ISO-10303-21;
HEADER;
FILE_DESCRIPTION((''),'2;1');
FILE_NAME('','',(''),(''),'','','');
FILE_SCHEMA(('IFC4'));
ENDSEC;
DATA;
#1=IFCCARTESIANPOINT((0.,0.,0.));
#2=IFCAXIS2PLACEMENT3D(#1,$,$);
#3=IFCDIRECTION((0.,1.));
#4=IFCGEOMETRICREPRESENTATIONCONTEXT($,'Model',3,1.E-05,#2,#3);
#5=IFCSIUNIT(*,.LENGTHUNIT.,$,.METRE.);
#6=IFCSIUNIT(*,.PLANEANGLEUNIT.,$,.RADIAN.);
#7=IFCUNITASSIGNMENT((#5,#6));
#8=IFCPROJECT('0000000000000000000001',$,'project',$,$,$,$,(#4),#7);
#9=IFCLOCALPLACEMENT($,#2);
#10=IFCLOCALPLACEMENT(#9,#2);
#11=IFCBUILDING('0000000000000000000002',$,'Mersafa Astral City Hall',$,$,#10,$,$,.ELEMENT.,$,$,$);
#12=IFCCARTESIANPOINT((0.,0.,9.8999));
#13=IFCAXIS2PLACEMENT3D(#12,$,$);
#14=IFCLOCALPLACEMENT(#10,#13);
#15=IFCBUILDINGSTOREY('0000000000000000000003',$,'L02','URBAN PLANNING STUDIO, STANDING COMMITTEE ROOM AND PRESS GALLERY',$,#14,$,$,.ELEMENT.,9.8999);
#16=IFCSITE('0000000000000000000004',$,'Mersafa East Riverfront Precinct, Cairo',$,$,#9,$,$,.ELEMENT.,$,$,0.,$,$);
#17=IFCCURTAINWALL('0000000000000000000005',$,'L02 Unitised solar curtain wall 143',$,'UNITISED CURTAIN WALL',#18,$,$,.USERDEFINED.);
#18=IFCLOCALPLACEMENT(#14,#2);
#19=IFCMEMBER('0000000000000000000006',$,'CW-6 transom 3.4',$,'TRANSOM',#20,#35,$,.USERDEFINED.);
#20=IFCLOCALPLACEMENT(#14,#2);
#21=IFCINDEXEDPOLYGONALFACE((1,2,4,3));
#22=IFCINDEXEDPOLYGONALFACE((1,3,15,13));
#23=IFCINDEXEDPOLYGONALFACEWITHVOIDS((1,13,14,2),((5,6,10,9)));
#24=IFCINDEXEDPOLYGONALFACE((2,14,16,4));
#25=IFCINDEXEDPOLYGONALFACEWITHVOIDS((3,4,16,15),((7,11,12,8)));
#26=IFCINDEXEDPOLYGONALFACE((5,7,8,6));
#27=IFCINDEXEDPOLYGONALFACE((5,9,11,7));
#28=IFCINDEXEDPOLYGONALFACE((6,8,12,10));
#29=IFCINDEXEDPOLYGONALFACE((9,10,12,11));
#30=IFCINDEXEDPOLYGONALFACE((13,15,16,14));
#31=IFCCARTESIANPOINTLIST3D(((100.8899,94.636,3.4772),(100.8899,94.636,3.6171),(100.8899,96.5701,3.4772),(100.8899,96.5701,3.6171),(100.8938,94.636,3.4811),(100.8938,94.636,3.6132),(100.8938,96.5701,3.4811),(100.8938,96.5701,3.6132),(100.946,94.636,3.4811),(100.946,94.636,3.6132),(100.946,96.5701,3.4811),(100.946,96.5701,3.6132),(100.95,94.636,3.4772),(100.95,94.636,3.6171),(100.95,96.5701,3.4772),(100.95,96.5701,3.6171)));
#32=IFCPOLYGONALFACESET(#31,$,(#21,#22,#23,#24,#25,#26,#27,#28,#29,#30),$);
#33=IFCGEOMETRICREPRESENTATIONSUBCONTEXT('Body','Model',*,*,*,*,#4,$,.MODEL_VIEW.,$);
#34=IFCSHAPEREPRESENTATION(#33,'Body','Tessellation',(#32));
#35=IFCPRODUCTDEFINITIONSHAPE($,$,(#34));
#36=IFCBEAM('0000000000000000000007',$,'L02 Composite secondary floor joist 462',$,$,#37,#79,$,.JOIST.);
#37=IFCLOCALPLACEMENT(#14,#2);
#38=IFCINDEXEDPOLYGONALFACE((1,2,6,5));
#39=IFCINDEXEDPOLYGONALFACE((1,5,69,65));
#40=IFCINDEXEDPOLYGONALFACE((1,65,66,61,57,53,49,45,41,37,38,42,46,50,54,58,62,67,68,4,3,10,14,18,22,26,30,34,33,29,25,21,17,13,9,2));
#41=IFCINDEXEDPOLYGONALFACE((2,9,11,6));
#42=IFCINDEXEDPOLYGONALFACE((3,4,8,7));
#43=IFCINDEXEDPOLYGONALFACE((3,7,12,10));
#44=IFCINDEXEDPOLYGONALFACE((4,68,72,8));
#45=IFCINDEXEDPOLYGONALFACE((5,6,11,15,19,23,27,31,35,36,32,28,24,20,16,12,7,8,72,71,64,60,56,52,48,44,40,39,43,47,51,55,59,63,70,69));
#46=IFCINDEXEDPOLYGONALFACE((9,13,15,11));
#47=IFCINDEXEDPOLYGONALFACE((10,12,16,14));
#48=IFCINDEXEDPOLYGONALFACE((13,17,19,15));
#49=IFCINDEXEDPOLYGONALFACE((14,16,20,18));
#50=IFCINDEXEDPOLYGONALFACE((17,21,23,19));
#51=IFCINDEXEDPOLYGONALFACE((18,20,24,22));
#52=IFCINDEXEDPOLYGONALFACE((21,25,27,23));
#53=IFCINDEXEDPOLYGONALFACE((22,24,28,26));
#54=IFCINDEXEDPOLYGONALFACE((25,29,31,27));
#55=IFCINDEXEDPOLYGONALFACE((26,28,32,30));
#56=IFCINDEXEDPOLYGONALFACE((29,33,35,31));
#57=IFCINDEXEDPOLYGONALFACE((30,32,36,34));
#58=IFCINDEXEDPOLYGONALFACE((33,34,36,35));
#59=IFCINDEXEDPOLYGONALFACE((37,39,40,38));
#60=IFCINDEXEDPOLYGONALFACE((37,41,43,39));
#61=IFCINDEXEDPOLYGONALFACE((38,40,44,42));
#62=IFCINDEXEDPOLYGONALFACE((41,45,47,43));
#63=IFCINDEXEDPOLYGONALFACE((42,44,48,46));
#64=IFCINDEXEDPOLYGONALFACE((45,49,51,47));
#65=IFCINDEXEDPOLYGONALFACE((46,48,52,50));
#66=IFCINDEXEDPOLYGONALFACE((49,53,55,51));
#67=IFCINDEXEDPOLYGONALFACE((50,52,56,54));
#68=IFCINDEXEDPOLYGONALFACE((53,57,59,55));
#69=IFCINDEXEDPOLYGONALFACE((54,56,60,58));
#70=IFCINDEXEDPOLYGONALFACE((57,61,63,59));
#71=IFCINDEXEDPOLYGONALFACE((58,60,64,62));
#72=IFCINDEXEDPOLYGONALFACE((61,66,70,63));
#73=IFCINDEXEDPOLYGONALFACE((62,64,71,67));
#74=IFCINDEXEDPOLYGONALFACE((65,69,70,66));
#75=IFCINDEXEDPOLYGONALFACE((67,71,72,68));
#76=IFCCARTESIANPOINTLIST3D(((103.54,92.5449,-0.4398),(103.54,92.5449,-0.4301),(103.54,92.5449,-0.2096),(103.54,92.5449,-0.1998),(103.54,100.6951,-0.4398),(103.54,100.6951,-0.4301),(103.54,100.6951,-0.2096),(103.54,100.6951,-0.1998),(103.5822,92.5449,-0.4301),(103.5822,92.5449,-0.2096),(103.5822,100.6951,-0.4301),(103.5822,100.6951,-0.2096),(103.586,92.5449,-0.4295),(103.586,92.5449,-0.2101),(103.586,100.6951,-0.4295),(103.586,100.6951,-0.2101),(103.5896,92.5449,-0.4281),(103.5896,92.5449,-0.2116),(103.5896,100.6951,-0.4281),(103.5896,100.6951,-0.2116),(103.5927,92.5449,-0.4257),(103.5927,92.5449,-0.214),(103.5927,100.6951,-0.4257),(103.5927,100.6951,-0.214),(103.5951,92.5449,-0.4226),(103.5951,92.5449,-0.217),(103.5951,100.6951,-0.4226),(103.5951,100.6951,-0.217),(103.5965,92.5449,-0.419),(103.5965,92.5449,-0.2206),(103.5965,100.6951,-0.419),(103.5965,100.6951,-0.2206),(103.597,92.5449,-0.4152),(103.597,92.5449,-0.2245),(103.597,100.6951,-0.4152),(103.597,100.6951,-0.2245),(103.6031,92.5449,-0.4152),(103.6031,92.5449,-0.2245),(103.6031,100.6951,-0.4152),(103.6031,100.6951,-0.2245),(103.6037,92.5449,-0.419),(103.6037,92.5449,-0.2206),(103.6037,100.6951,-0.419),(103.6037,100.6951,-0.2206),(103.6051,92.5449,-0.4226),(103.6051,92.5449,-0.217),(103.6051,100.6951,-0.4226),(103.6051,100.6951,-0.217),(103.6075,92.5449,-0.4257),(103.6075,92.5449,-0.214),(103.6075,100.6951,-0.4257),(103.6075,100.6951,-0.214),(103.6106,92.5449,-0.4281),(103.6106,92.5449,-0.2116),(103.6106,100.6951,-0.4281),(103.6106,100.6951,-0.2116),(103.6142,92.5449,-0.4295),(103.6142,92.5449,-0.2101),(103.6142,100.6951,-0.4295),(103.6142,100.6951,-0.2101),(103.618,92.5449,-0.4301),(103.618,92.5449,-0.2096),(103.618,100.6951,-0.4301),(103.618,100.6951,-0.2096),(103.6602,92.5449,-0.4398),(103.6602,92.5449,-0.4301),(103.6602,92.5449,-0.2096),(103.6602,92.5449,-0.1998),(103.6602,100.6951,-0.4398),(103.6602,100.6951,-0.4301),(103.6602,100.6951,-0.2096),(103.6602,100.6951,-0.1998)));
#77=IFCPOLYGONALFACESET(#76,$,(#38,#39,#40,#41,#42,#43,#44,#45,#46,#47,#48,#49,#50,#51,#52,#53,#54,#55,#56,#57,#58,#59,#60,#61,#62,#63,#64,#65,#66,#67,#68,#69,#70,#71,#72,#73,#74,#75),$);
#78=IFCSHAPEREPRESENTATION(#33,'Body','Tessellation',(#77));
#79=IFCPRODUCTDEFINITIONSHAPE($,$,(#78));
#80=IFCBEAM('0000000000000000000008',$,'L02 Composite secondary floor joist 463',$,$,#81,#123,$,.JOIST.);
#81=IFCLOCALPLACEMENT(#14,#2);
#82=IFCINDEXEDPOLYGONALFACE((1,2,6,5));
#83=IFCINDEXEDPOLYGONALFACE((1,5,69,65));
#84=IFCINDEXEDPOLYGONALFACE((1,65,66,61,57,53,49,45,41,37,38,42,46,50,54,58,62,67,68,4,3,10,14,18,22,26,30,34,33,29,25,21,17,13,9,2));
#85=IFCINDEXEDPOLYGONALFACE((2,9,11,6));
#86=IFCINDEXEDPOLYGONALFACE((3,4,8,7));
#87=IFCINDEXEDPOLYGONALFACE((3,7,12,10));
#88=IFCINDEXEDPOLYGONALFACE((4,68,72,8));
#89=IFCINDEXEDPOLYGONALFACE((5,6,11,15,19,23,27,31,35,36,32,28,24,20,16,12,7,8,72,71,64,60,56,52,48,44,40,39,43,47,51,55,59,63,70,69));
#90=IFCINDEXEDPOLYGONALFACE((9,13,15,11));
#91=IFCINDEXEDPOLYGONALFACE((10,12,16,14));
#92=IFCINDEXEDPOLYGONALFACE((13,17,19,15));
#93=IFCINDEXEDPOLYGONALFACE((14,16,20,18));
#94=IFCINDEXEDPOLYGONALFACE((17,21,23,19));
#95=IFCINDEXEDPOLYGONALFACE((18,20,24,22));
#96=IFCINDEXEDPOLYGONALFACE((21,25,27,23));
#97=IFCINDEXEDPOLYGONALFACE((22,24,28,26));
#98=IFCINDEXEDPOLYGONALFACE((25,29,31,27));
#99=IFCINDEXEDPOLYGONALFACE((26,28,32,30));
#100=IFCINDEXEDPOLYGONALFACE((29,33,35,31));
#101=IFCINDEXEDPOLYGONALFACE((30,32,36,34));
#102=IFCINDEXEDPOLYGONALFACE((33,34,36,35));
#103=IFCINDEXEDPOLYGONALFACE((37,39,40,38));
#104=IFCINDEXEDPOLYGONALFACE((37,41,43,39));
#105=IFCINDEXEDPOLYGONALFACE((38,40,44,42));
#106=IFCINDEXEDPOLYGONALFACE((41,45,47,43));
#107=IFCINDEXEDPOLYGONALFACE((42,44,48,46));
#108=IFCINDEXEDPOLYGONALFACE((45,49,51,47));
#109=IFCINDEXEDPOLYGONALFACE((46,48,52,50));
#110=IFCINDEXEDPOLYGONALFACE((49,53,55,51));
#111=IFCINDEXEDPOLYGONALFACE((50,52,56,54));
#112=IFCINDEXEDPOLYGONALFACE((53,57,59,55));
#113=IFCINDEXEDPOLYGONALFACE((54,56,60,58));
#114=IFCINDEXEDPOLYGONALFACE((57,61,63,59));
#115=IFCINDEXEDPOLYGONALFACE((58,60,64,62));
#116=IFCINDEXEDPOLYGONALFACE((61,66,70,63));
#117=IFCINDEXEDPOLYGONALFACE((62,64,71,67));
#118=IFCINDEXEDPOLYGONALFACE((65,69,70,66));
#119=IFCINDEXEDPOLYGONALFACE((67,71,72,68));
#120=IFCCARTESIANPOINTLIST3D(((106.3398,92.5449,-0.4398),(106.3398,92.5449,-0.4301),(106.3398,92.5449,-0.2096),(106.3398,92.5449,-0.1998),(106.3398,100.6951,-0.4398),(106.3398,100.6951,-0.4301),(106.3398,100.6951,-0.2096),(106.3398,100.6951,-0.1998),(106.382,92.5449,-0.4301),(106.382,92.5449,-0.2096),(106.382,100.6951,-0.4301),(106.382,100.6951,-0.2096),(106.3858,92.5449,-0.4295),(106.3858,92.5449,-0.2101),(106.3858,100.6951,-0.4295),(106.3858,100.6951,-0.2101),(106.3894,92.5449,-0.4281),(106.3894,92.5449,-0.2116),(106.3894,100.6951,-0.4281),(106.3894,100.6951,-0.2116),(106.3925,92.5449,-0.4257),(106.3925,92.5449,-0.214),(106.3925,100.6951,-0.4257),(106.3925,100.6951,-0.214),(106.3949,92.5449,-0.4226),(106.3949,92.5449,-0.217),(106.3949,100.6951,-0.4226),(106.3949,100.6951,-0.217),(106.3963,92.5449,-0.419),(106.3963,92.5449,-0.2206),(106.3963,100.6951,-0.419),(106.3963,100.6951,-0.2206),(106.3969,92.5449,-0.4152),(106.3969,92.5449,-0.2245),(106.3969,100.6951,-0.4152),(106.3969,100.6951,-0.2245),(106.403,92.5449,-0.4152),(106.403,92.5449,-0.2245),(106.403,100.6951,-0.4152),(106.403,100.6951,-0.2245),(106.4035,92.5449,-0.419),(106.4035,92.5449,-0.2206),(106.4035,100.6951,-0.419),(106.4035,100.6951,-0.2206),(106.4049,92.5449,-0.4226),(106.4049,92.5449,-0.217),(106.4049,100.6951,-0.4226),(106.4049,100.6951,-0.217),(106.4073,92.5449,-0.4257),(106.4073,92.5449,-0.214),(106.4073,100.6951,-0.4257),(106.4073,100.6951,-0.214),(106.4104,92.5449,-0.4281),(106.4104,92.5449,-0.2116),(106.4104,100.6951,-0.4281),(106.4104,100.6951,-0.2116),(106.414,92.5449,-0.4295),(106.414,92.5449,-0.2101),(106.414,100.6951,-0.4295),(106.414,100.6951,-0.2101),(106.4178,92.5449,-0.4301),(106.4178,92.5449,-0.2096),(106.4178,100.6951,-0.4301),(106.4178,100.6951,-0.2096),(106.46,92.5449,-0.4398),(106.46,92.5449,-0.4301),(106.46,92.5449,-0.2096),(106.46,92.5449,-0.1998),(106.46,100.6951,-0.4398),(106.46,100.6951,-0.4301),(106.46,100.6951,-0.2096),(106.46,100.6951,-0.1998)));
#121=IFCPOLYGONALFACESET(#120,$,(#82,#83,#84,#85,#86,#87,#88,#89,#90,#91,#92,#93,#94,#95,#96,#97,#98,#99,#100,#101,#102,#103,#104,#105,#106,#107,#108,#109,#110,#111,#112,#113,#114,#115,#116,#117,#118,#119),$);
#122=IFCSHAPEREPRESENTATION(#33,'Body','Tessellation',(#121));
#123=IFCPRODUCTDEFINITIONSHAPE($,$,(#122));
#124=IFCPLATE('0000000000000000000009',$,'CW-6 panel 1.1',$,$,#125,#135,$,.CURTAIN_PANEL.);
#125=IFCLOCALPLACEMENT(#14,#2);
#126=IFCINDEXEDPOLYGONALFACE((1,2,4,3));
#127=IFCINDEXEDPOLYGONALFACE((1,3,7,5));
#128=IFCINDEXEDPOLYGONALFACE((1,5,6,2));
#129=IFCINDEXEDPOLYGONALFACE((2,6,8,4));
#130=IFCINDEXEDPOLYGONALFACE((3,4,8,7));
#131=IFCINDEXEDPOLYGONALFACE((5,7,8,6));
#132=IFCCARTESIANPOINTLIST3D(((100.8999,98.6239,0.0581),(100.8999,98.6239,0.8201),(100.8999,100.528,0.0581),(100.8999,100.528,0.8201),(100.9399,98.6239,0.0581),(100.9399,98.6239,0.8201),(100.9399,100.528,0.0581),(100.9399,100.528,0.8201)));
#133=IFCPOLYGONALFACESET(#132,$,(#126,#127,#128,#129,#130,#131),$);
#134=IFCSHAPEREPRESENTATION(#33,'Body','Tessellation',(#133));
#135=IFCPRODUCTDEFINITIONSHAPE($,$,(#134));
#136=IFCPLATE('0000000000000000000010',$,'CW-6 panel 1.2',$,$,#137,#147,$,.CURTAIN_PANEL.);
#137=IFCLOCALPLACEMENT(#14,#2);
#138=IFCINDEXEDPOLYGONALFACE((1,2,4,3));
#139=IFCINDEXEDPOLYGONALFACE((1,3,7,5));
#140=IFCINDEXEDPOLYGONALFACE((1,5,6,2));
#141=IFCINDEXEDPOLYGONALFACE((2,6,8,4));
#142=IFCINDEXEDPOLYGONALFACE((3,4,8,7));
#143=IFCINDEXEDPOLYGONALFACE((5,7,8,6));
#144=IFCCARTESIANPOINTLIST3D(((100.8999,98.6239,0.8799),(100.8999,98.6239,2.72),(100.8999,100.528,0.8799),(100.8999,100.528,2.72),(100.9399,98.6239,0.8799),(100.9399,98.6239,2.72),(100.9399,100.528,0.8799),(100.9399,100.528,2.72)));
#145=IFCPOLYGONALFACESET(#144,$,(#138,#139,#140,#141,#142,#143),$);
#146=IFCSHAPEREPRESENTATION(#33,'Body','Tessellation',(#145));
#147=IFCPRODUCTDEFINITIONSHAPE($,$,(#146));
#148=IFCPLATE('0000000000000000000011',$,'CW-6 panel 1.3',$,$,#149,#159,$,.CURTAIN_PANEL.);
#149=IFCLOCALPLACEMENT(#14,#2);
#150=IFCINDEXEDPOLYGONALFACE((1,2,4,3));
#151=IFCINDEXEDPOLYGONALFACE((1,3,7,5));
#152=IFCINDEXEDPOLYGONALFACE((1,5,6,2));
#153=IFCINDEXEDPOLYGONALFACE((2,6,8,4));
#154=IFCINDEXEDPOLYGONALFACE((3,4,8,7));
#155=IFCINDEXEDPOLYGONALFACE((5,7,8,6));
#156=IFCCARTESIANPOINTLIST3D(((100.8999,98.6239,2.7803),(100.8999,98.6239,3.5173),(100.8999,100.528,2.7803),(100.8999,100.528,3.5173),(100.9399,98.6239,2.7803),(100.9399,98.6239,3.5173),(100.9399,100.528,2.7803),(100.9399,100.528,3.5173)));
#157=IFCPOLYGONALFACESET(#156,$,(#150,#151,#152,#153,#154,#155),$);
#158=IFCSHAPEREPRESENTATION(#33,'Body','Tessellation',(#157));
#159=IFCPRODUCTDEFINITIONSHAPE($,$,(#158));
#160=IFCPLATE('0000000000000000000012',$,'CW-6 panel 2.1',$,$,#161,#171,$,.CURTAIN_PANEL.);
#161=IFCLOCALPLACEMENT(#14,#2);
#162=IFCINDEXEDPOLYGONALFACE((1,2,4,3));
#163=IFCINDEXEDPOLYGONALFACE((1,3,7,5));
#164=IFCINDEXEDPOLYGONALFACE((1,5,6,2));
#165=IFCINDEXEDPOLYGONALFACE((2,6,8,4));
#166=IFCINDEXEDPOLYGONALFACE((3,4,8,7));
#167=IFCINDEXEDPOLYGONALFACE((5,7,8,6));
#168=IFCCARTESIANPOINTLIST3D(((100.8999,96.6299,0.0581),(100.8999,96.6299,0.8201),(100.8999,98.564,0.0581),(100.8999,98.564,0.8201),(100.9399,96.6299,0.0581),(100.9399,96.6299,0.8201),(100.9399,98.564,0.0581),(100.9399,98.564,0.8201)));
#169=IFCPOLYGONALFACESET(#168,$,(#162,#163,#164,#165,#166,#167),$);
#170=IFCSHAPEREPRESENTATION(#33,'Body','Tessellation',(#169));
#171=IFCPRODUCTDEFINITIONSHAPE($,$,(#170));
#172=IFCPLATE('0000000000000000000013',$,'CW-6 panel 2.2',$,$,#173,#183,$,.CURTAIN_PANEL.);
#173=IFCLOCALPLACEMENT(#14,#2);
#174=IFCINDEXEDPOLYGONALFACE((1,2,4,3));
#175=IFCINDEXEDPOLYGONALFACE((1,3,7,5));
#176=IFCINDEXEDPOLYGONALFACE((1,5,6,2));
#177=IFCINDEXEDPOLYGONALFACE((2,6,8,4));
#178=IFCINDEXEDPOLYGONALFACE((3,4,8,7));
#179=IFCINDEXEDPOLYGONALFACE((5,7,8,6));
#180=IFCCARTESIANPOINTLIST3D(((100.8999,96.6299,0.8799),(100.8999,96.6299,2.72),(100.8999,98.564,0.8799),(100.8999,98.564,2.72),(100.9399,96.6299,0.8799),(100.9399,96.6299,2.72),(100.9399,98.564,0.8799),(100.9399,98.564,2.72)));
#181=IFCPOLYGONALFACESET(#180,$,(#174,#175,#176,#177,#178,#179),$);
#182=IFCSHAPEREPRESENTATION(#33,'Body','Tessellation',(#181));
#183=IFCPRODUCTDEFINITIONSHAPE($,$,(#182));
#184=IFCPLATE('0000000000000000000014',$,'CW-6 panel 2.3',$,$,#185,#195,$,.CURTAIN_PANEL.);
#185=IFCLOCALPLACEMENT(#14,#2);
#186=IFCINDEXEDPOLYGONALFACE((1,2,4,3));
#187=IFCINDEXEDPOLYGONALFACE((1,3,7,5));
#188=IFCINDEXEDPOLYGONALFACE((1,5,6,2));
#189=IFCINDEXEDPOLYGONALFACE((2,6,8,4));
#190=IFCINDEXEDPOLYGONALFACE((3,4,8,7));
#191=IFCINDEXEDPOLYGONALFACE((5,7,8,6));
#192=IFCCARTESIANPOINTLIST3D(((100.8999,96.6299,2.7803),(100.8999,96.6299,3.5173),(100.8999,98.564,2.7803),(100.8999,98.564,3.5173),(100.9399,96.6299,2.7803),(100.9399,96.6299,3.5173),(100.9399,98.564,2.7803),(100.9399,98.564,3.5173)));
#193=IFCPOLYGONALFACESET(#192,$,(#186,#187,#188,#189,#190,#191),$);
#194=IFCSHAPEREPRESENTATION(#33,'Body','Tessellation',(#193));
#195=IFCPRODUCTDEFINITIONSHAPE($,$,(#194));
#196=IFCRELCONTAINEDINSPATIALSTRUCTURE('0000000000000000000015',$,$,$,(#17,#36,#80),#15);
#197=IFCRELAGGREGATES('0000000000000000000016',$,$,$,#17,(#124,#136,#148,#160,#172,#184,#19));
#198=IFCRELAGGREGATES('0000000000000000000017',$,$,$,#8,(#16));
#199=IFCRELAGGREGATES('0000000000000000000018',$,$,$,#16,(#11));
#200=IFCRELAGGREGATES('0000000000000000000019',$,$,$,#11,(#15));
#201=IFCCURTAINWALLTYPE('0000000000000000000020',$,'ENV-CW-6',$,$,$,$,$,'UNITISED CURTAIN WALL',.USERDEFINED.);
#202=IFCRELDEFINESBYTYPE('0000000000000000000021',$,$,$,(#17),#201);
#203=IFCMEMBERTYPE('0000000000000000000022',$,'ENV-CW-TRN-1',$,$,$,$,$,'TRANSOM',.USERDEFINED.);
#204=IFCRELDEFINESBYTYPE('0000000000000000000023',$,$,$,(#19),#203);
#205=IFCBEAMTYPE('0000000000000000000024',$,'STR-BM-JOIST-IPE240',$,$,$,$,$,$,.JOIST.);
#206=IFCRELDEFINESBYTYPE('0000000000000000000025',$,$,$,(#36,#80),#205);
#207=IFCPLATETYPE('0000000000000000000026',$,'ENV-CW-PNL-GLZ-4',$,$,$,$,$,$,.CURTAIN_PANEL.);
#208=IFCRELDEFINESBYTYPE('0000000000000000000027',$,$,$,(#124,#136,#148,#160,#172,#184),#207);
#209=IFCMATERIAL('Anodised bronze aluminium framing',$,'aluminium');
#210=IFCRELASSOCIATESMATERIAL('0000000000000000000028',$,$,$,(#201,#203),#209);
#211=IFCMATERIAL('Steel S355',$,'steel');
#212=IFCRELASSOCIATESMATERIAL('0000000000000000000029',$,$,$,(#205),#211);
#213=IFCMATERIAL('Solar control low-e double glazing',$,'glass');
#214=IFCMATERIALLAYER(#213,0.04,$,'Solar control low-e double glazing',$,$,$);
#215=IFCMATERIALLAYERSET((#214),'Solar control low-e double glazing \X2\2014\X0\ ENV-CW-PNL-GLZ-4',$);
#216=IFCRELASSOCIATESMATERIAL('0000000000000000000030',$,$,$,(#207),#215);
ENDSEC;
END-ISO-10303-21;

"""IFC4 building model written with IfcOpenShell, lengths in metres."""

from ifc_helpers import new_model, si_unit, direction, frame, origin, origin_2d, place, context, subcontext, project, spatial, rectangle, hollow_rectangle, i_section, extrude, material, layer, layer_set, material_profile, profile_set, type_object, element, aggregate, save


model = new_model("IFC4")

# Units and contexts
model_context = context("Model", 3, precision=1e-05, world=origin(), true_north=direction((0.0, 1.0)))
body_context = subcontext(model_context, "Body", "Model", "MODEL_VIEW")
ifc_project = project(units=[si_unit("LENGTHUNIT", "METRE"), si_unit("PLANEANGLEUNIT", "RADIAN")], contexts=[model_context])

# Site, building, storey
site_placement = place(None, origin())
site = spatial("IfcSite", under=ifc_project, at=site_placement, Name="Mersafa East Riverfront Precinct, Cairo", CompositionType="ELEMENT", RefElevation=0.0)
building_placement = place(site_placement, origin())
building = spatial("IfcBuilding", under=site, at=building_placement, Name="Mersafa Astral City Hall", CompositionType="ELEMENT")
storey_placement = place(building_placement, frame((0.0, 0.0, 9.8999)))
storey = spatial("IfcBuildingStorey", under=building, at=storey_placement, Name="L02", Description="URBAN PLANNING STUDIO, STANDING COMMITTEE ROOM AND PRESS GALLERY", CompositionType="ELEMENT", Elevation=9.8999)

# Curtain wall, member
ifc_material_1 = material(Name="Anodised bronze aluminium framing", Category="aluminium")
curtain_wall_type = type_object("IfcCurtainWallType", Name="ENV-CW-6", ElementType="UNITISED CURTAIN WALL", PredefinedType="USERDEFINED", material=ifc_material_1)
curtain_wall_placement = place(storey_placement, origin())
curtain_wall = element("IfcCurtainWall", 1, at=curtain_wall_placement, inside=storey, type_object=curtain_wall_type, Name="L02 Unitised solar curtain wall 143", ObjectType="UNITISED CURTAIN WALL", PredefinedType="USERDEFINED")
ifc_material_profile_1 = material_profile(ifc_material_1, hollow_rectangle(XDim=0.0601, YDim=0.1399, WallThickness=0.0039, at=origin_2d()), Name="RHS 60x140x4")
ifc_profile_set_1 = profile_set([ifc_material_profile_1], Name="Anodised bronze aluminium framing")
member_type_1 = type_object("IfcMemberType", Name="ENV-CW-TRN-1", ElementType="TRANSOM", PredefinedType="USERDEFINED", material=ifc_profile_set_1)
member_1_placement = place(storey_placement, frame((100.9199, 96.5701, 3.5471), z_axis=(0.0, -1.0, 0.0), x_axis=(1.0, 0.0, 0.0)))
member_1 = element("IfcMember", 2, at=member_1_placement, type_object=member_type_1, Name="CW-6 transom 3.4", ObjectType="TRANSOM", PredefinedType="USERDEFINED", context=body_context, shape_type="SweptSolid", body=[
    extrude(hollow_rectangle(XDim=0.0601, YDim=0.1399, WallThickness=0.0039, at=origin_2d()), origin(), (0.0, 0.0, 1.0), 1.9341),
])

# Beams
ifc_material_2 = material(Name="Steel S355", Category="steel")
ifc_material_profile_2 = material_profile(ifc_material_2, i_section(OverallWidth=0.1201, OverallDepth=0.24, WebThickness=0.0061, FlangeThickness=0.0098, FilletRadius=0.0149, at=origin_2d()), Name="IPE 240")
ifc_profile_set_2 = profile_set([ifc_material_profile_2], Name="Steel S355")
beam_type = type_object("IfcBeamType", Name="STR-BM-JOIST-IPE240", PredefinedType="JOIST", material=ifc_profile_set_2)
for number, where, z_axis, x_axis, name in (
    (3, (103.6001, 92.5449, -0.3198), (0.0, 1.0, 0.0), (-1.0, 0.0, 0.0), "L02 Composite secondary floor joist 462"),
    (4, (106.3999, 92.5449, -0.3198), (0.0, 1.0, 0.0), (-1.0, 0.0, 0.0), "L02 Composite secondary floor joist 463"),
):
    element("IfcBeam", number, at=place(storey_placement, frame(where, z_axis=z_axis, x_axis=x_axis)), inside=storey, type_object=beam_type, Name=name, PredefinedType="JOIST", context=body_context, shape_type="SweptSolid", body=[
        extrude(i_section(OverallWidth=0.1201, OverallDepth=0.24, WebThickness=0.0061, FlangeThickness=0.0098, FilletRadius=0.0149, at=origin_2d()), origin(), (0.0, 0.0, 1.0), 8.1501),
    ])

# Plates
ifc_material_3 = material(Name="Solar control low-e double glazing", Category="glass")
ifc_layer_1 = layer(ifc_material_3, 0.04, Name="Solar control low-e double glazing")
ifc_layer_set_1 = layer_set([ifc_layer_1], Name="Solar control low-e double glazing — ENV-CW-PNL-GLZ-4")
plate_type = type_object("IfcPlateType", Name="ENV-CW-PNL-GLZ-4", PredefinedType="CURTAIN_PANEL", material=ifc_layer_set_1)
plate_1_placement = place(storey_placement, frame((100.9199, 99.5759, 0.0581), z_axis=(0.0, 0.0, 1.0), x_axis=(0.0, -1.0, 0.0)))
plate_1 = element("IfcPlate", 5, at=plate_1_placement, type_object=plate_type, Name="CW-6 panel 1.1", PredefinedType="CURTAIN_PANEL", context=body_context, shape_type="SweptSolid", body=[
    extrude(rectangle(XDim=1.9041, YDim=0.04, at=origin_2d()), origin(), (0.0, 0.0, 1.0), 0.762),
])
plate_2_placement = place(storey_placement, frame((100.9199, 99.5759, 0.8799), z_axis=(0.0, 0.0, 1.0), x_axis=(0.0, -1.0, 0.0)))
plate_2 = element("IfcPlate", 6, at=plate_2_placement, type_object=plate_type, Name="CW-6 panel 1.2", PredefinedType="CURTAIN_PANEL", context=body_context, shape_type="SweptSolid", body=[
    extrude(rectangle(XDim=1.9041, YDim=0.04, at=origin_2d()), origin(), (0.0, 0.0, 1.0), 1.8401),
])
plate_3_placement = place(storey_placement, frame((100.9199, 99.5759, 2.7803), z_axis=(0.0, 0.0, 1.0), x_axis=(0.0, -1.0, 0.0)))
plate_3 = element("IfcPlate", 7, at=plate_3_placement, type_object=plate_type, Name="CW-6 panel 1.3", PredefinedType="CURTAIN_PANEL", context=body_context, shape_type="SweptSolid", body=[
    extrude(rectangle(XDim=1.9041, YDim=0.04, at=origin_2d()), origin(), (0.0, 0.0, 1.0), 0.7371),
])
plate_4_placement = place(storey_placement, frame((100.9199, 97.5969, 0.0581), z_axis=(0.0, 0.0, 1.0), x_axis=(0.0, -1.0, 0.0)))
plate_4 = element("IfcPlate", 8, at=plate_4_placement, type_object=plate_type, Name="CW-6 panel 2.1", PredefinedType="CURTAIN_PANEL", context=body_context, shape_type="SweptSolid", body=[
    extrude(rectangle(XDim=1.9341, YDim=0.04, at=origin_2d()), origin(), (0.0, 0.0, 1.0), 0.762),
])
plate_5_placement = place(storey_placement, frame((100.9199, 97.5969, 0.8799), z_axis=(0.0, 0.0, 1.0), x_axis=(0.0, -1.0, 0.0)))
plate_5 = element("IfcPlate", 9, at=plate_5_placement, type_object=plate_type, Name="CW-6 panel 2.2", PredefinedType="CURTAIN_PANEL", context=body_context, shape_type="SweptSolid", body=[
    extrude(rectangle(XDim=1.9341, YDim=0.04, at=origin_2d()), origin(), (0.0, 0.0, 1.0), 1.8401),
])
plate_6_placement = place(storey_placement, frame((100.9199, 97.5969, 2.7803), z_axis=(0.0, 0.0, 1.0), x_axis=(0.0, -1.0, 0.0)))
plate_6 = element("IfcPlate", 10, at=plate_6_placement, type_object=plate_type, Name="CW-6 panel 2.3", PredefinedType="CURTAIN_PANEL", context=body_context, shape_type="SweptSolid", body=[
    extrude(rectangle(XDim=1.9341, YDim=0.04, at=origin_2d()), origin(), (0.0, 0.0, 1.0), 0.7371),
])
aggregate(curtain_wall, [plate_1, plate_2, plate_3, plate_4, plate_5, plate_6, member_1])

save(model, "model.ifc")
